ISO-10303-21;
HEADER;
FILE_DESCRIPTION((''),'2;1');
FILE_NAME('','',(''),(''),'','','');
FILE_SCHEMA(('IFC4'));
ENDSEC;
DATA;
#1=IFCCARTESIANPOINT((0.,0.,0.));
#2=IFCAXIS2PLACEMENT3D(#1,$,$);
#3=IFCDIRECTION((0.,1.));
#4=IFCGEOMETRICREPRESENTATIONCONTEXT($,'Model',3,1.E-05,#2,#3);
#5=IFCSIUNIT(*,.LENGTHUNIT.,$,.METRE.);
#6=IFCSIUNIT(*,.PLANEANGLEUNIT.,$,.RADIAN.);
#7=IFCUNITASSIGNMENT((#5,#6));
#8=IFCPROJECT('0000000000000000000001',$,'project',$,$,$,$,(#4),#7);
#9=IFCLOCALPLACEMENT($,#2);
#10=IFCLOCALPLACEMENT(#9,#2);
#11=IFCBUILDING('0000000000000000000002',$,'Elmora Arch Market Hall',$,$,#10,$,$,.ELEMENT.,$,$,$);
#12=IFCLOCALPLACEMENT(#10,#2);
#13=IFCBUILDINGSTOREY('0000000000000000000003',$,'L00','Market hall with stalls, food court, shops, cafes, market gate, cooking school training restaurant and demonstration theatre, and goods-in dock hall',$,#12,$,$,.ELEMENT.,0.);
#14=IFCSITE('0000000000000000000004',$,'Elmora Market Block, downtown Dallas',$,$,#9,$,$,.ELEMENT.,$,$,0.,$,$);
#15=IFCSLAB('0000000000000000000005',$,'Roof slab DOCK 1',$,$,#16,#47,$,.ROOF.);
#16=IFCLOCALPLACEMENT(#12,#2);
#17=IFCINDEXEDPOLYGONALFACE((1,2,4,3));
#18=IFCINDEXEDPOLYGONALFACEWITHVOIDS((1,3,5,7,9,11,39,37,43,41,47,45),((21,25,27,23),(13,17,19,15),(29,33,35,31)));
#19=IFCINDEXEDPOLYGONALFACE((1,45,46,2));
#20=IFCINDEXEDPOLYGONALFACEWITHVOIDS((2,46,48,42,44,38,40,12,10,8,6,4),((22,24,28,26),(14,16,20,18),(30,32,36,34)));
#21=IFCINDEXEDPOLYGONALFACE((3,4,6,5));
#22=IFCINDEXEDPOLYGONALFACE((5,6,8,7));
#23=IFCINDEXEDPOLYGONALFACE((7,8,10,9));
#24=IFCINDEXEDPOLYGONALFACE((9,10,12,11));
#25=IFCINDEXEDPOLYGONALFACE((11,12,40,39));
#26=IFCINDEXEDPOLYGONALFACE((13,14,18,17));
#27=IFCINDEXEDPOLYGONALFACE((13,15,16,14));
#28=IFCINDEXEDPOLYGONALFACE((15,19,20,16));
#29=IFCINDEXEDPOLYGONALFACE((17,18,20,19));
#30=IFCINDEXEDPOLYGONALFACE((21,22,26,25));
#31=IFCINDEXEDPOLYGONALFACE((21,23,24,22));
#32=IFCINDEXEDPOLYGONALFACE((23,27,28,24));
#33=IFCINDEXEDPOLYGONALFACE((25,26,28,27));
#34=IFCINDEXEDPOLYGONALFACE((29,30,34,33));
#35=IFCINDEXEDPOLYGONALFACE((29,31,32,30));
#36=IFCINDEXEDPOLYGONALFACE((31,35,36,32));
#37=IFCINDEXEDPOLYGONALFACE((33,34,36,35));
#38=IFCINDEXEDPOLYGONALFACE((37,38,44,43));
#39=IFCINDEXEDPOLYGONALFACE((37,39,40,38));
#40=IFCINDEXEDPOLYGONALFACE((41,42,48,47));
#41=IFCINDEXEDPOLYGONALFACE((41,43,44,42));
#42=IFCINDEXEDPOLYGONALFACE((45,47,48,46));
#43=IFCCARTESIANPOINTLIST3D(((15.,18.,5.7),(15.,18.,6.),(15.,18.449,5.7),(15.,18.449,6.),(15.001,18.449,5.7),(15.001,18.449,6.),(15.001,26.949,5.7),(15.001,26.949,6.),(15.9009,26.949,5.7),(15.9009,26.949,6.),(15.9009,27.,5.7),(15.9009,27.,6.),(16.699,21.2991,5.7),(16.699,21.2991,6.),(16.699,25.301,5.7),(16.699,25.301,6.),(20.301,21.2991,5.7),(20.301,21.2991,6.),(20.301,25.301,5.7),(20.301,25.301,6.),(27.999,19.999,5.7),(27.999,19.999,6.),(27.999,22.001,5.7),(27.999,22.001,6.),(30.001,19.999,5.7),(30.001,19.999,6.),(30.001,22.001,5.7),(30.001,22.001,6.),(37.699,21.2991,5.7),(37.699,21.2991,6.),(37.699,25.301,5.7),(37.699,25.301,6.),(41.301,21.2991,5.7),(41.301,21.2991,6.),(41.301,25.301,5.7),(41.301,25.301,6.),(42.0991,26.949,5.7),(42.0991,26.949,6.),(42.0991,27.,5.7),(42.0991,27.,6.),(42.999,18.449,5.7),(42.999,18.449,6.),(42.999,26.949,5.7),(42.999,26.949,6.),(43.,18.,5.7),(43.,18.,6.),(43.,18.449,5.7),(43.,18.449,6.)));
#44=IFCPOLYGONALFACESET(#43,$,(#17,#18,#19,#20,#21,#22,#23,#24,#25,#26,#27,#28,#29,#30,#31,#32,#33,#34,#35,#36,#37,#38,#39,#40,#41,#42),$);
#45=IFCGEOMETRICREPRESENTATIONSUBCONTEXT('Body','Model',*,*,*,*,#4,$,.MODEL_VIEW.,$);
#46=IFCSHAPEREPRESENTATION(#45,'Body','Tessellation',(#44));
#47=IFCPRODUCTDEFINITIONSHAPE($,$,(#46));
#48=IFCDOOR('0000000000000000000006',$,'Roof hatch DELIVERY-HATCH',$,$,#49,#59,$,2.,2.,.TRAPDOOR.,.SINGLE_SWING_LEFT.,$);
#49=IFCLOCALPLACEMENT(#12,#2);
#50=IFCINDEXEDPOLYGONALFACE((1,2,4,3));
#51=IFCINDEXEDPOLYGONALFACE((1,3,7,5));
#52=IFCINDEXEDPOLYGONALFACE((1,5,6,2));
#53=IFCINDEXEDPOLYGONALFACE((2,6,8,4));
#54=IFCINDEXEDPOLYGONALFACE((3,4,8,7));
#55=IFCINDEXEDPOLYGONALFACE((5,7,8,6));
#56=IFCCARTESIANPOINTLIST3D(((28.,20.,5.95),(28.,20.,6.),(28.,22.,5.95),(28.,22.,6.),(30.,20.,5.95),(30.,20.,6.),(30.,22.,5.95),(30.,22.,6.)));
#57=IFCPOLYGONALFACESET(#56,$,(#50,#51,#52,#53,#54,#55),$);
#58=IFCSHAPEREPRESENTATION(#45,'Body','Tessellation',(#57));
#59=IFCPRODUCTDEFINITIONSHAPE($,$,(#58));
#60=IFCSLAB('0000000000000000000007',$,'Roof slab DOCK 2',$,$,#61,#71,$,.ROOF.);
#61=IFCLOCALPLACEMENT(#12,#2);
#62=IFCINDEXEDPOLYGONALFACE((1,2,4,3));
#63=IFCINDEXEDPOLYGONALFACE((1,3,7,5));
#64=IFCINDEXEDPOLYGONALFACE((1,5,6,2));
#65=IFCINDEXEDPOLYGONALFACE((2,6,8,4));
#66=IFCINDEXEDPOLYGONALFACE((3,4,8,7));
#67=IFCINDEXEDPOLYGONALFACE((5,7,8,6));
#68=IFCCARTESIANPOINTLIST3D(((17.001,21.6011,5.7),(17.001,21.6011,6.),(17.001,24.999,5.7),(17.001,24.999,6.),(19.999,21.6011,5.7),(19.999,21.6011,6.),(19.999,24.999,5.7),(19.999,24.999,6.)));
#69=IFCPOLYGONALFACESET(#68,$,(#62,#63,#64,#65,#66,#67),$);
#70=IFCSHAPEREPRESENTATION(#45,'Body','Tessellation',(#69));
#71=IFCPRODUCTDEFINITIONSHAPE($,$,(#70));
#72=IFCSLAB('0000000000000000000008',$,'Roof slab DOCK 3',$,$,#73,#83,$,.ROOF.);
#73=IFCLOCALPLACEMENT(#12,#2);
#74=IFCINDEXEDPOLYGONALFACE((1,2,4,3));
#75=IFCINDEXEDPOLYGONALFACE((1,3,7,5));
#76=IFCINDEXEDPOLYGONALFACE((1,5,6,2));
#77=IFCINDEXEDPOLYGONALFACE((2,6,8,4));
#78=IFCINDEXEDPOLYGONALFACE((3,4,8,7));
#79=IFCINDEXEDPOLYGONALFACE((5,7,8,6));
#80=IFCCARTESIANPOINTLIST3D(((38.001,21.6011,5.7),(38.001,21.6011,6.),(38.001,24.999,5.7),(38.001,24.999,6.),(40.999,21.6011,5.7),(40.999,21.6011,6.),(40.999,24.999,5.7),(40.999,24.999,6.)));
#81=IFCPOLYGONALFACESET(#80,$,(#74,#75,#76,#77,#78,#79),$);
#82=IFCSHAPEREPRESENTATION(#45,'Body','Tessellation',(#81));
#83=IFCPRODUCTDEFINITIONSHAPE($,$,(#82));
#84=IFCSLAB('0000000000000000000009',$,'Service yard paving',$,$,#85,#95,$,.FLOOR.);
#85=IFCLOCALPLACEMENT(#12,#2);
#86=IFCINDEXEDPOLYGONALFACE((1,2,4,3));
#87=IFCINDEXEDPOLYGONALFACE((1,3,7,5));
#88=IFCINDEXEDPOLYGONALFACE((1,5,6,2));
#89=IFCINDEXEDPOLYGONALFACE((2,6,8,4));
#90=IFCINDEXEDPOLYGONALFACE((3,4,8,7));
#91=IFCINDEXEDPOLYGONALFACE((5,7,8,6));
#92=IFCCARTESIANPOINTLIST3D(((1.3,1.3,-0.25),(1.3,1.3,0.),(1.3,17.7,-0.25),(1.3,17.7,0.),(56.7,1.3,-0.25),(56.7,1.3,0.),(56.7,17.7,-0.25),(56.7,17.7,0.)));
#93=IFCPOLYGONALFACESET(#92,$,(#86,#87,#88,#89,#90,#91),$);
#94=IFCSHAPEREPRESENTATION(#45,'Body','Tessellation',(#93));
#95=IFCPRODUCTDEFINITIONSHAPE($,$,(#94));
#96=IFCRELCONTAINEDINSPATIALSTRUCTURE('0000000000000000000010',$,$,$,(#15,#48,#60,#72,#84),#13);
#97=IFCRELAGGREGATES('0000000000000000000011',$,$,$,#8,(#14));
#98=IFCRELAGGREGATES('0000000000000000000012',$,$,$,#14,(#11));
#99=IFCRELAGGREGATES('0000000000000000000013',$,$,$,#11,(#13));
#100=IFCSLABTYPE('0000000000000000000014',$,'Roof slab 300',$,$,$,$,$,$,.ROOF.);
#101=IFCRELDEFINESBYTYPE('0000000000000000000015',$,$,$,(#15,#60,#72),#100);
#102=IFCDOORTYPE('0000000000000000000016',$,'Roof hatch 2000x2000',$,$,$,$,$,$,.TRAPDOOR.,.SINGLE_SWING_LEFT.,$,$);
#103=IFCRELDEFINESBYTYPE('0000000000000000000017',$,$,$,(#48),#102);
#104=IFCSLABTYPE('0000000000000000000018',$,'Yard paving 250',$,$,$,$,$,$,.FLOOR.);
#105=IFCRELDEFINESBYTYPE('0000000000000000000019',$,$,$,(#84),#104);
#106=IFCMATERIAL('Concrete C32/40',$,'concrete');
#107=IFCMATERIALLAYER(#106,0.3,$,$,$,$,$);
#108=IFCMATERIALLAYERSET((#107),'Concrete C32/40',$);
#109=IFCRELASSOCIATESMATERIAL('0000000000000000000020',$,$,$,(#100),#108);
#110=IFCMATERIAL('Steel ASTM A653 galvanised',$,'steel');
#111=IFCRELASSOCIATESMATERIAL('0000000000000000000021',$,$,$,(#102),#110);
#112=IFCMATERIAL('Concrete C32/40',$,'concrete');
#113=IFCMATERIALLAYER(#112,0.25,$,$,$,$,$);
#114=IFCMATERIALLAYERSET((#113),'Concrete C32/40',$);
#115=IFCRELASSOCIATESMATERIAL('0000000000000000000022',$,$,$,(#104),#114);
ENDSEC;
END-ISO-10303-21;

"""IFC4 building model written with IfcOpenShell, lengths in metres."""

from ifc_helpers import new_model, si_unit, direction, frame, origin, origin_2d, place, context, subcontext, project, spatial, polyline, rectangle, outline, extrude, material, layer, layer_set, type_object, element, fill, save


model = new_model("IFC4")

# Units and contexts
model_context = context("Model", 3, precision=1e-05, world=origin(), true_north=direction((0.0, 1.0)))
body_context = subcontext(model_context, "Body", "Model", "MODEL_VIEW")
ifc_project = project(units=[si_unit("LENGTHUNIT", "METRE"), si_unit("PLANEANGLEUNIT", "RADIAN")], contexts=[model_context])

# Site, building, storey
site_placement = place(None, origin())
site = spatial("IfcSite", under=ifc_project, at=site_placement, Name="Elmora Market Block, downtown Dallas", CompositionType="ELEMENT", RefElevation=0.0)
building_placement = place(site_placement, origin())
building = spatial("IfcBuilding", under=site, at=building_placement, Name="Elmora Arch Market Hall", CompositionType="ELEMENT")
storey_placement = place(building_placement, origin())
storey = spatial("IfcBuildingStorey", under=building, at=storey_placement, Name="L00", Description="Market hall with stalls, food court, shops, cafes, market gate, cooking school training restaurant and demonstration theatre, and goods-in dock hall", CompositionType="ELEMENT", Elevation=0.0)

# Slab, opening, door
ifc_material_1 = material(Name="Concrete C32/40", Category="concrete")
ifc_layer_1 = layer(ifc_material_1, 0.3)
ifc_layer_set_1 = layer_set([ifc_layer_1], Name="Concrete C32/40")
slab_type_1 = type_object("IfcSlabType", Name="Roof slab 300", PredefinedType="ROOF", material=ifc_layer_set_1)
slab_1_placement = place(storey_placement, frame((0.0, 0.0, 5.7)))
slab_1 = element("IfcSlab", 1, at=slab_1_placement, inside=storey, type_object=slab_type_1, Name="Roof slab DOCK 1", PredefinedType="ROOF", context=body_context, shape_type="SweptSolid", body=[
    extrude(outline(polyline([(43.0, 18.0), (15.0, 18.0), (15.0, 18.449), (15.001, 18.449), (15.001, 26.949), (15.9009, 26.949), (15.9009, 27.0), (42.0991, 27.0), (42.0991, 26.949), (42.999, 26.949), (42.999, 18.449), (43.0, 18.449), (43.0, 18.0)]), holes=[polyline([(37.699, 25.301), (37.699, 21.2991), (41.301, 21.2991), (41.301, 25.301), (37.699, 25.301)]), polyline([(27.999, 22.001), (27.999, 19.999), (30.001, 19.999), (30.001, 22.001), (27.999, 22.001)]), polyline([(20.301, 21.2991), (20.301, 25.301), (16.699, 25.301), (16.699, 21.2991), (20.301, 21.2991)])]), origin(), (0.0, 0.0, 1.0), 0.3),
])
opening_placement = place(slab_1_placement, frame((29.0, 21.0, 0.0)))
opening = element("IfcOpeningElement", 2, at=opening_placement, cuts=slab_1, PredefinedType="OPENING", context=body_context, shape_type="SweptSolid", body=[
    extrude(rectangle(XDim=2.0, YDim=2.0, at=origin_2d()), origin(), (0.0, 0.0, 1.0), 0.3),
])
ifc_material_2 = material(Name="Steel ASTM A653 galvanised", Category="steel")
door_type = type_object("IfcDoorType", Name="Roof hatch 2000x2000", OperationType="SINGLE_SWING_LEFT", PredefinedType="TRAPDOOR", material=ifc_material_2)
door_placement = place(opening_placement, frame((0.0, 0.0, 0.25)))
door = element("IfcDoor", 3, at=door_placement, inside=storey, type_object=door_type, Name="Roof hatch DELIVERY-HATCH", OperationType="SINGLE_SWING_LEFT", OverallHeight=2.0, OverallWidth=2.0, PredefinedType="TRAPDOOR", context=body_context, shape_type="SweptSolid", body=[
    extrude(rectangle(XDim=2.0, YDim=2.0, at=origin_2d()), origin(), (0.0, 0.0, 1.0), 0.05),
])
fill(opening, door)

# Slabs
slab_2_placement = place(storey_placement, frame((0.0, 0.0, 5.7)))
element("IfcSlab", 4, at=slab_2_placement, inside=storey, type_object=slab_type_1, Name="Roof slab DOCK 2", PredefinedType="ROOF", context=body_context, shape_type="SweptSolid", body=[
    extrude(outline(polyline([(17.001, 21.6011), (17.001, 24.999), (19.999, 24.999), (19.999, 21.6011), (17.001, 21.6011)])), origin(), (0.0, 0.0, 1.0), 0.3),
])
slab_3_placement = place(storey_placement, frame((0.0, 0.0, 5.7)))
element("IfcSlab", 5, at=slab_3_placement, inside=storey, type_object=slab_type_1, Name="Roof slab DOCK 3", PredefinedType="ROOF", context=body_context, shape_type="SweptSolid", body=[
    extrude(outline(polyline([(38.001, 24.999), (40.999, 24.999), (40.999, 21.6011), (38.001, 21.6011), (38.001, 24.999)])), origin(), (0.0, 0.0, 1.0), 0.3),
])
ifc_material_3 = material(Name="Concrete C32/40", Category="concrete")
ifc_layer_2 = layer(ifc_material_3, 0.25)
ifc_layer_set_2 = layer_set([ifc_layer_2], Name="Concrete C32/40")
slab_type_2 = type_object("IfcSlabType", Name="Yard paving 250", PredefinedType="FLOOR", material=ifc_layer_set_2)
slab_4_placement = place(storey_placement, frame((0.0, 0.0, -0.25)))
element("IfcSlab", 6, at=slab_4_placement, inside=storey, type_object=slab_type_2, Name="Service yard paving", PredefinedType="FLOOR", context=body_context, shape_type="SweptSolid", body=[
    extrude(outline(polyline([(56.7, 1.3), (56.7, 17.7), (1.3, 17.7), (1.3, 1.3), (56.7, 1.3)])), origin(), (0.0, 0.0, 1.0), 0.25),
])

save(model, "model.ifc")
